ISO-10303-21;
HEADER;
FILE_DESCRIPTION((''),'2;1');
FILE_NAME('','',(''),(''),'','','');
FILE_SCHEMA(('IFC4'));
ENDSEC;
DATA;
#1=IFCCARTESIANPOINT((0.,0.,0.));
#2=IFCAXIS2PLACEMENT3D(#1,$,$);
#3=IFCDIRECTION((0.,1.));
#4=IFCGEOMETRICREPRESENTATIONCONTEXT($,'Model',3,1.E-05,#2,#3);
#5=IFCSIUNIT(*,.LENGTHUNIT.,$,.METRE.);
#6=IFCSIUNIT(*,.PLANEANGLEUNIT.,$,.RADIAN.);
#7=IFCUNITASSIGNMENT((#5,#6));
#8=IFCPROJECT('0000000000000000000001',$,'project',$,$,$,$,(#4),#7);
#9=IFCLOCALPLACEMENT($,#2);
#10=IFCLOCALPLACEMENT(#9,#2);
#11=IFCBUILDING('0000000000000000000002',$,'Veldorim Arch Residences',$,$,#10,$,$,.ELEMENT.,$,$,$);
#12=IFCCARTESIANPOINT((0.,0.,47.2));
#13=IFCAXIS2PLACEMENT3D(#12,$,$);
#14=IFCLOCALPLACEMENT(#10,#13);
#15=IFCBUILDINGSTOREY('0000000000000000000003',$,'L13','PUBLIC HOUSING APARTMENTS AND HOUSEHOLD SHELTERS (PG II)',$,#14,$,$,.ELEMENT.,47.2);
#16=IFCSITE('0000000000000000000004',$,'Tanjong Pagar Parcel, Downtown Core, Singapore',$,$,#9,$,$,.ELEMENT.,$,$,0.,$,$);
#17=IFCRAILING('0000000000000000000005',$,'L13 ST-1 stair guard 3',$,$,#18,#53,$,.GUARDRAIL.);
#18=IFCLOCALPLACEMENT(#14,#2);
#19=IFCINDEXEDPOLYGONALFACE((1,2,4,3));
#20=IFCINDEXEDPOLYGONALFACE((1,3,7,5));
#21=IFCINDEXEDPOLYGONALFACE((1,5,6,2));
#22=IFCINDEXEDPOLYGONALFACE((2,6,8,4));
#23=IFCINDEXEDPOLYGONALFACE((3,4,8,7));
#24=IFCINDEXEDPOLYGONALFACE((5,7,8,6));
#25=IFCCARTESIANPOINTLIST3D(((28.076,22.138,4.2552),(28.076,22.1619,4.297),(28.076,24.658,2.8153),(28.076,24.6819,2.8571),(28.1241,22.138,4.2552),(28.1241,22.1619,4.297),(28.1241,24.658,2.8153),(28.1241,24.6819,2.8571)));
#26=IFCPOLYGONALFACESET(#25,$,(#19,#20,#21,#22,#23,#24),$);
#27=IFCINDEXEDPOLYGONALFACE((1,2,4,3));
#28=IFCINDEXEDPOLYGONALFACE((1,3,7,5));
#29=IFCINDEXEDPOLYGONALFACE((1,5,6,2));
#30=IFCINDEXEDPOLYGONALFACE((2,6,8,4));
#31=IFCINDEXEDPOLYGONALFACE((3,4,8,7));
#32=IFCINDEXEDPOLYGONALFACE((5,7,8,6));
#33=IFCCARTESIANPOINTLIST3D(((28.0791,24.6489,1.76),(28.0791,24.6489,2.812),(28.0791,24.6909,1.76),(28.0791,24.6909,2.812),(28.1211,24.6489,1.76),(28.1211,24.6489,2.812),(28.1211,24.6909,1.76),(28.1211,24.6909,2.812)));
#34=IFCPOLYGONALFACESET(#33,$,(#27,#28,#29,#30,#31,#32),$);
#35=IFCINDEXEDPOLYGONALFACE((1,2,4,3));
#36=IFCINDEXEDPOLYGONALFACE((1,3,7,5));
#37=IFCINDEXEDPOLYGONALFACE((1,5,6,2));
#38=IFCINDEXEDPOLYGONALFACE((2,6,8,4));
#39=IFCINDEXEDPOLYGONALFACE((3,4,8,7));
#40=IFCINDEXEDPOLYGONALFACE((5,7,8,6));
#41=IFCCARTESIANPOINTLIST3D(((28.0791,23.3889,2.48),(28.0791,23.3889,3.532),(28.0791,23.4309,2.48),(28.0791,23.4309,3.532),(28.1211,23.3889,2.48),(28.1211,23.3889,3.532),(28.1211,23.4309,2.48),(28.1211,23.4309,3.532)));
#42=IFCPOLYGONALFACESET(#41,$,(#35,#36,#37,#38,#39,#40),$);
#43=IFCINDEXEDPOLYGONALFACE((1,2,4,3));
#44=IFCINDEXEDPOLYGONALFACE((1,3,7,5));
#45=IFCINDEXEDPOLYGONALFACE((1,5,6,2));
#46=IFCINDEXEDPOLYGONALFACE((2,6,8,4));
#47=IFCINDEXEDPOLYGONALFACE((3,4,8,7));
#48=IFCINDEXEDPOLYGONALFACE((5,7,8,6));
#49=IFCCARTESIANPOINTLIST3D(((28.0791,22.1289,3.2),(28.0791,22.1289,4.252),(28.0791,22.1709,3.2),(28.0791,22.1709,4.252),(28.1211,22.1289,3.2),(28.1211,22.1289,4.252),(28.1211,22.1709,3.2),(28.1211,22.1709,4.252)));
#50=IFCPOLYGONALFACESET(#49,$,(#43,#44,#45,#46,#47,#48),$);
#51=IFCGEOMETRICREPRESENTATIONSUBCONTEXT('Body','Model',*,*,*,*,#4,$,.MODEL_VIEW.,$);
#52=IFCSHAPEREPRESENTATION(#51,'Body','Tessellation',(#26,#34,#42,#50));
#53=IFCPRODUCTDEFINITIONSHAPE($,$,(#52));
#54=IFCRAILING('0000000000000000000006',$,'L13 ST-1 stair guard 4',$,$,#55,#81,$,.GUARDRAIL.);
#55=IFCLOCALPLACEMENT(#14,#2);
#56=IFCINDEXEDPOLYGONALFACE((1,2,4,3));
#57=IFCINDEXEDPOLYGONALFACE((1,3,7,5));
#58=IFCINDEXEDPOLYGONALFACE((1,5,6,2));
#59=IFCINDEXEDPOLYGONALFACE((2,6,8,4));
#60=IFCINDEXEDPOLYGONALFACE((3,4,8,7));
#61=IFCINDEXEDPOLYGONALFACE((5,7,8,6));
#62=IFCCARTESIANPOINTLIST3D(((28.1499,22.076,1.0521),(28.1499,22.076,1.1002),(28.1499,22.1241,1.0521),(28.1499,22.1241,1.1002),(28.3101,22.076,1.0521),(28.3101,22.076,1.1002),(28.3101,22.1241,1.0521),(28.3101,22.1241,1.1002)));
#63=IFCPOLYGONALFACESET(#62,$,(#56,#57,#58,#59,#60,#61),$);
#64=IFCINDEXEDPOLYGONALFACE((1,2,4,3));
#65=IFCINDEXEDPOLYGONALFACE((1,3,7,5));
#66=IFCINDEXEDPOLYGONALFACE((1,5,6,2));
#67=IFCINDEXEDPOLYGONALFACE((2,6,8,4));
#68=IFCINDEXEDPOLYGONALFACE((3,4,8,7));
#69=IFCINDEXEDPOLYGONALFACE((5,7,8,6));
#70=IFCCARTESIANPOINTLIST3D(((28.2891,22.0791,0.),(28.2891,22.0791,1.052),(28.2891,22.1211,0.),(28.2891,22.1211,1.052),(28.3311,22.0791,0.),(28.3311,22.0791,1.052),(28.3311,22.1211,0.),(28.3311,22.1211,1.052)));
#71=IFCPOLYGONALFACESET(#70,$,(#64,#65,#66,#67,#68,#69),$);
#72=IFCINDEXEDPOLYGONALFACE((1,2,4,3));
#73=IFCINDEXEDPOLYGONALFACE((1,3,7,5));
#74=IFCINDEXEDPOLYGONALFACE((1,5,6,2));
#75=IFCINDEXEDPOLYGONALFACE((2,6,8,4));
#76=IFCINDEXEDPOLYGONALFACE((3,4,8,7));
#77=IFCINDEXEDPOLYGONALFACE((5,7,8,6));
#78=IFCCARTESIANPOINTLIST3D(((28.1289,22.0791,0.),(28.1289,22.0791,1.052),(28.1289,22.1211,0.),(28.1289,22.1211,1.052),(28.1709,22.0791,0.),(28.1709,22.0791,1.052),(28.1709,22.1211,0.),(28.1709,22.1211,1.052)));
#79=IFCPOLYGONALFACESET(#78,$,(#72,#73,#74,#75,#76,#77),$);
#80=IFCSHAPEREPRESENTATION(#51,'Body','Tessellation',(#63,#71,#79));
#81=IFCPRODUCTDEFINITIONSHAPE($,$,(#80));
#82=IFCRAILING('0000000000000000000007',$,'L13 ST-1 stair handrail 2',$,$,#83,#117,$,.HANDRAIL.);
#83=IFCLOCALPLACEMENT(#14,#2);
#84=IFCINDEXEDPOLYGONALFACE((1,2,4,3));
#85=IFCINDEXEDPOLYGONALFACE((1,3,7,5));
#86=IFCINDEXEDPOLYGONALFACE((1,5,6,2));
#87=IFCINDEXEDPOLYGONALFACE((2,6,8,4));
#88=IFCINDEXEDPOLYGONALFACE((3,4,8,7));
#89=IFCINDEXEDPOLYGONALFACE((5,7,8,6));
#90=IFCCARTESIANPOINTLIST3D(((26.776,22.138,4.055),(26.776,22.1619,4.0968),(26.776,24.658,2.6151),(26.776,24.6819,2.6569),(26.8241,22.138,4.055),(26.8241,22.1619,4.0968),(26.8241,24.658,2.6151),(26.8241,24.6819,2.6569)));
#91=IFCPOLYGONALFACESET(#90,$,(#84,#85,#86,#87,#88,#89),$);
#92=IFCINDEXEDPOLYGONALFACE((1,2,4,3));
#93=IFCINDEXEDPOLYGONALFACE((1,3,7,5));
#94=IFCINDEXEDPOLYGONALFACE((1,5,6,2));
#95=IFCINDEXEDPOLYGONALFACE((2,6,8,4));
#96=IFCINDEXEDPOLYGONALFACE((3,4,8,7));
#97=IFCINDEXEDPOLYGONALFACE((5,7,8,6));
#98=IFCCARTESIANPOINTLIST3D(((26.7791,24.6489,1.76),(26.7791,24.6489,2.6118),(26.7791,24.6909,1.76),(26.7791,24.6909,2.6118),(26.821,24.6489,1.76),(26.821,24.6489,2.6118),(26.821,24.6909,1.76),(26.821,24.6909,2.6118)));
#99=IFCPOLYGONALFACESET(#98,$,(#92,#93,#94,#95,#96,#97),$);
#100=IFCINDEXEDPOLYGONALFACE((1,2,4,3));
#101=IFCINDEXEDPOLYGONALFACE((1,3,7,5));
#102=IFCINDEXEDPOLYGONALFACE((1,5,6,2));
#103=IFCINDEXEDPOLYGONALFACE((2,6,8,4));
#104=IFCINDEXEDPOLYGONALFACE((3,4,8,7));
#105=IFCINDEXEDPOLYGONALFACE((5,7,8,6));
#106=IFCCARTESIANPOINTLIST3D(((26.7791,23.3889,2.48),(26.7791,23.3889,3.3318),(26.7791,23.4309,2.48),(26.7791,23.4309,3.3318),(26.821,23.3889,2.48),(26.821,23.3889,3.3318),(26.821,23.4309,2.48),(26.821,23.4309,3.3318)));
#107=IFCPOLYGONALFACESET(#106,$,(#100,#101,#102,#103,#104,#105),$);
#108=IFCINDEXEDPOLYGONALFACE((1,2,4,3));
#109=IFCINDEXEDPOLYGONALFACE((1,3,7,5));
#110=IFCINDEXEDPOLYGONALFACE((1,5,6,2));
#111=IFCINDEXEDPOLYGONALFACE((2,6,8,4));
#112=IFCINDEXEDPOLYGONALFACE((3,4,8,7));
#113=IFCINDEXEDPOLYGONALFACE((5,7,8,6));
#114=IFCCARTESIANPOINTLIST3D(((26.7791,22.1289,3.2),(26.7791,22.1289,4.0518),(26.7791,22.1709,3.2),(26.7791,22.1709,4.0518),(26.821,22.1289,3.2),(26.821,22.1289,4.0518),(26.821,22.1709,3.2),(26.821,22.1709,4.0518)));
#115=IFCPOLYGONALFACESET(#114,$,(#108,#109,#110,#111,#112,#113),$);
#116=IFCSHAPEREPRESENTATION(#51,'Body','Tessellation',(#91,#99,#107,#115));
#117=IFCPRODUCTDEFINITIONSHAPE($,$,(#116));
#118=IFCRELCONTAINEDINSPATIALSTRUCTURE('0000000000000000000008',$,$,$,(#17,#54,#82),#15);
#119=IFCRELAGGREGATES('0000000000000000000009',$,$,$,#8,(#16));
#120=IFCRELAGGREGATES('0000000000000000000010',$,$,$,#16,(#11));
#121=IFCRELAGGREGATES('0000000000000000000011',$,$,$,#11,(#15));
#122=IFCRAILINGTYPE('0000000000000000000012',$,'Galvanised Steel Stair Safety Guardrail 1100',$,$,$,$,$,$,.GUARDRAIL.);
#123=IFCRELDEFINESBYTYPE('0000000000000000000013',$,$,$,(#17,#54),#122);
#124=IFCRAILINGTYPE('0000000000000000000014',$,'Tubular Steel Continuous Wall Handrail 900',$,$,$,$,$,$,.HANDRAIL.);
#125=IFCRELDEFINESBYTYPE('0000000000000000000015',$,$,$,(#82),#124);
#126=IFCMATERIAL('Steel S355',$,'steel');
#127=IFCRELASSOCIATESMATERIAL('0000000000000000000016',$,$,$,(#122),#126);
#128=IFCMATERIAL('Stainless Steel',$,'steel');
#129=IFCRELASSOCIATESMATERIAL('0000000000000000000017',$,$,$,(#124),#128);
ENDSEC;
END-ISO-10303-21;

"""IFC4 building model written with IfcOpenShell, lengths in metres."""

from ifc_helpers import new_model, si_unit, direction, frame, origin, origin_2d, place, context, subcontext, project, spatial, rectangle, extrude, material, type_object, element, save


model = new_model("IFC4")

# Units and contexts
model_context = context("Model", 3, precision=1e-05, world=origin(), true_north=direction((0.0, 1.0)))
body_context = subcontext(model_context, "Body", "Model", "MODEL_VIEW")
ifc_project = project(units=[si_unit("LENGTHUNIT", "METRE"), si_unit("PLANEANGLEUNIT", "RADIAN")], contexts=[model_context])

# Site, building, storey
site_placement = place(None, origin())
site = spatial("IfcSite", under=ifc_project, at=site_placement, Name="Tanjong Pagar Parcel, Downtown Core, Singapore", CompositionType="ELEMENT", RefElevation=0.0)
building_placement = place(site_placement, origin())
building = spatial("IfcBuilding", under=site, at=building_placement, Name="Veldorim Arch Residences", CompositionType="ELEMENT")
storey_placement = place(building_placement, frame((0.0, 0.0, 47.2)))
storey = spatial("IfcBuildingStorey", under=building, at=storey_placement, Name="L13", Description="PUBLIC HOUSING APARTMENTS AND HOUSEHOLD SHELTERS (PG II)", CompositionType="ELEMENT", Elevation=47.2)

# Railings
ifc_material_1 = material(Name="Steel S355", Category="steel")
railing_type_1 = type_object("IfcRailingType", Name="Galvanised Steel Stair Safety Guardrail 1100", PredefinedType="GUARDRAIL", material=ifc_material_1)
railing_1_placement = place(storey_placement, frame((28.1001, 24.6699, 1.76)))
element("IfcRailing", 1, at=railing_1_placement, inside=storey, type_object=railing_type_1, Name="L13 ST-1 stair guard 3", PredefinedType="GUARDRAIL", context=body_context, shape_type="SweptSolid", body=[
    extrude(rectangle(XDim=0.0481, YDim=0.0481, at=origin_2d()), frame((0.0, 0.0, 1.0762), z_axis=(0.0, -0.868253, 0.496121), x_axis=(1.0, 0.0, 0.0)), (0.0, 0.0, 1.0), 2.9023),
    extrude(rectangle(XDim=0.042, YDim=0.042, at=origin_2d()), origin(), (0.0, 0.0, 1.0), 1.052),
    extrude(rectangle(XDim=0.042, YDim=0.042, at=origin_2d()), frame((0.0, -1.26, 0.72)), (0.0, 0.0, 1.0), 1.052),
    extrude(rectangle(XDim=0.042, YDim=0.042, at=origin_2d()), frame((0.0, -2.52, 1.4399)), (0.0, 0.0, 1.0), 1.052),
])
railing_2_placement = place(storey_placement, frame((28.3101, 22.1001, 0.0)))
element("IfcRailing", 2, at=railing_2_placement, inside=storey, type_object=railing_type_1, Name="L13 ST-1 stair guard 4", PredefinedType="GUARDRAIL", context=body_context, shape_type="SweptSolid", body=[
    extrude(rectangle(XDim=0.0481, YDim=0.0481, at=origin_2d()), frame((0.0, 0.0, 1.0762), z_axis=(-1.0, 0.0, 0.0), x_axis=(0.0, -1.0, 0.0)), (0.0, 0.0, 1.0), 0.1602),
    extrude(rectangle(XDim=0.042, YDim=0.042, at=origin_2d()), origin(), (0.0, 0.0, 1.0), 1.052),
    extrude(rectangle(XDim=0.042, YDim=0.042, at=origin_2d()), frame((-0.1602, 0.0, 0.0)), (0.0, 0.0, 1.0), 1.052),
])
ifc_material_2 = material(Name="Stainless Steel", Category="steel")
railing_type_2 = type_object("IfcRailingType", Name="Tubular Steel Continuous Wall Handrail 900", PredefinedType="HANDRAIL", material=ifc_material_2)
railing_3_placement = place(storey_placement, frame((26.8, 24.6699, 1.76)))
element("IfcRailing", 3, at=railing_3_placement, inside=storey, type_object=railing_type_2, Name="L13 ST-1 stair handrail 2", PredefinedType="HANDRAIL", context=body_context, shape_type="SweptSolid", body=[
    extrude(rectangle(XDim=0.0481, YDim=0.0481, at=origin_2d()), frame((0.0, 0.0, 0.876), z_axis=(0.0, -0.868253, 0.496121), x_axis=(1.0, 0.0, 0.0)), (0.0, 0.0, 1.0), 2.9023),
    extrude(rectangle(XDim=0.042, YDim=0.042, at=origin_2d()), origin(), (0.0, 0.0, 1.0), 0.8518),
    extrude(rectangle(XDim=0.042, YDim=0.042, at=origin_2d()), frame((0.0, -1.26, 0.72)), (0.0, 0.0, 1.0), 0.8518),
    extrude(rectangle(XDim=0.042, YDim=0.042, at=origin_2d()), frame((0.0, -2.52, 1.4399)), (0.0, 0.0, 1.0), 0.8518),
])

save(model, "model.ifc")
